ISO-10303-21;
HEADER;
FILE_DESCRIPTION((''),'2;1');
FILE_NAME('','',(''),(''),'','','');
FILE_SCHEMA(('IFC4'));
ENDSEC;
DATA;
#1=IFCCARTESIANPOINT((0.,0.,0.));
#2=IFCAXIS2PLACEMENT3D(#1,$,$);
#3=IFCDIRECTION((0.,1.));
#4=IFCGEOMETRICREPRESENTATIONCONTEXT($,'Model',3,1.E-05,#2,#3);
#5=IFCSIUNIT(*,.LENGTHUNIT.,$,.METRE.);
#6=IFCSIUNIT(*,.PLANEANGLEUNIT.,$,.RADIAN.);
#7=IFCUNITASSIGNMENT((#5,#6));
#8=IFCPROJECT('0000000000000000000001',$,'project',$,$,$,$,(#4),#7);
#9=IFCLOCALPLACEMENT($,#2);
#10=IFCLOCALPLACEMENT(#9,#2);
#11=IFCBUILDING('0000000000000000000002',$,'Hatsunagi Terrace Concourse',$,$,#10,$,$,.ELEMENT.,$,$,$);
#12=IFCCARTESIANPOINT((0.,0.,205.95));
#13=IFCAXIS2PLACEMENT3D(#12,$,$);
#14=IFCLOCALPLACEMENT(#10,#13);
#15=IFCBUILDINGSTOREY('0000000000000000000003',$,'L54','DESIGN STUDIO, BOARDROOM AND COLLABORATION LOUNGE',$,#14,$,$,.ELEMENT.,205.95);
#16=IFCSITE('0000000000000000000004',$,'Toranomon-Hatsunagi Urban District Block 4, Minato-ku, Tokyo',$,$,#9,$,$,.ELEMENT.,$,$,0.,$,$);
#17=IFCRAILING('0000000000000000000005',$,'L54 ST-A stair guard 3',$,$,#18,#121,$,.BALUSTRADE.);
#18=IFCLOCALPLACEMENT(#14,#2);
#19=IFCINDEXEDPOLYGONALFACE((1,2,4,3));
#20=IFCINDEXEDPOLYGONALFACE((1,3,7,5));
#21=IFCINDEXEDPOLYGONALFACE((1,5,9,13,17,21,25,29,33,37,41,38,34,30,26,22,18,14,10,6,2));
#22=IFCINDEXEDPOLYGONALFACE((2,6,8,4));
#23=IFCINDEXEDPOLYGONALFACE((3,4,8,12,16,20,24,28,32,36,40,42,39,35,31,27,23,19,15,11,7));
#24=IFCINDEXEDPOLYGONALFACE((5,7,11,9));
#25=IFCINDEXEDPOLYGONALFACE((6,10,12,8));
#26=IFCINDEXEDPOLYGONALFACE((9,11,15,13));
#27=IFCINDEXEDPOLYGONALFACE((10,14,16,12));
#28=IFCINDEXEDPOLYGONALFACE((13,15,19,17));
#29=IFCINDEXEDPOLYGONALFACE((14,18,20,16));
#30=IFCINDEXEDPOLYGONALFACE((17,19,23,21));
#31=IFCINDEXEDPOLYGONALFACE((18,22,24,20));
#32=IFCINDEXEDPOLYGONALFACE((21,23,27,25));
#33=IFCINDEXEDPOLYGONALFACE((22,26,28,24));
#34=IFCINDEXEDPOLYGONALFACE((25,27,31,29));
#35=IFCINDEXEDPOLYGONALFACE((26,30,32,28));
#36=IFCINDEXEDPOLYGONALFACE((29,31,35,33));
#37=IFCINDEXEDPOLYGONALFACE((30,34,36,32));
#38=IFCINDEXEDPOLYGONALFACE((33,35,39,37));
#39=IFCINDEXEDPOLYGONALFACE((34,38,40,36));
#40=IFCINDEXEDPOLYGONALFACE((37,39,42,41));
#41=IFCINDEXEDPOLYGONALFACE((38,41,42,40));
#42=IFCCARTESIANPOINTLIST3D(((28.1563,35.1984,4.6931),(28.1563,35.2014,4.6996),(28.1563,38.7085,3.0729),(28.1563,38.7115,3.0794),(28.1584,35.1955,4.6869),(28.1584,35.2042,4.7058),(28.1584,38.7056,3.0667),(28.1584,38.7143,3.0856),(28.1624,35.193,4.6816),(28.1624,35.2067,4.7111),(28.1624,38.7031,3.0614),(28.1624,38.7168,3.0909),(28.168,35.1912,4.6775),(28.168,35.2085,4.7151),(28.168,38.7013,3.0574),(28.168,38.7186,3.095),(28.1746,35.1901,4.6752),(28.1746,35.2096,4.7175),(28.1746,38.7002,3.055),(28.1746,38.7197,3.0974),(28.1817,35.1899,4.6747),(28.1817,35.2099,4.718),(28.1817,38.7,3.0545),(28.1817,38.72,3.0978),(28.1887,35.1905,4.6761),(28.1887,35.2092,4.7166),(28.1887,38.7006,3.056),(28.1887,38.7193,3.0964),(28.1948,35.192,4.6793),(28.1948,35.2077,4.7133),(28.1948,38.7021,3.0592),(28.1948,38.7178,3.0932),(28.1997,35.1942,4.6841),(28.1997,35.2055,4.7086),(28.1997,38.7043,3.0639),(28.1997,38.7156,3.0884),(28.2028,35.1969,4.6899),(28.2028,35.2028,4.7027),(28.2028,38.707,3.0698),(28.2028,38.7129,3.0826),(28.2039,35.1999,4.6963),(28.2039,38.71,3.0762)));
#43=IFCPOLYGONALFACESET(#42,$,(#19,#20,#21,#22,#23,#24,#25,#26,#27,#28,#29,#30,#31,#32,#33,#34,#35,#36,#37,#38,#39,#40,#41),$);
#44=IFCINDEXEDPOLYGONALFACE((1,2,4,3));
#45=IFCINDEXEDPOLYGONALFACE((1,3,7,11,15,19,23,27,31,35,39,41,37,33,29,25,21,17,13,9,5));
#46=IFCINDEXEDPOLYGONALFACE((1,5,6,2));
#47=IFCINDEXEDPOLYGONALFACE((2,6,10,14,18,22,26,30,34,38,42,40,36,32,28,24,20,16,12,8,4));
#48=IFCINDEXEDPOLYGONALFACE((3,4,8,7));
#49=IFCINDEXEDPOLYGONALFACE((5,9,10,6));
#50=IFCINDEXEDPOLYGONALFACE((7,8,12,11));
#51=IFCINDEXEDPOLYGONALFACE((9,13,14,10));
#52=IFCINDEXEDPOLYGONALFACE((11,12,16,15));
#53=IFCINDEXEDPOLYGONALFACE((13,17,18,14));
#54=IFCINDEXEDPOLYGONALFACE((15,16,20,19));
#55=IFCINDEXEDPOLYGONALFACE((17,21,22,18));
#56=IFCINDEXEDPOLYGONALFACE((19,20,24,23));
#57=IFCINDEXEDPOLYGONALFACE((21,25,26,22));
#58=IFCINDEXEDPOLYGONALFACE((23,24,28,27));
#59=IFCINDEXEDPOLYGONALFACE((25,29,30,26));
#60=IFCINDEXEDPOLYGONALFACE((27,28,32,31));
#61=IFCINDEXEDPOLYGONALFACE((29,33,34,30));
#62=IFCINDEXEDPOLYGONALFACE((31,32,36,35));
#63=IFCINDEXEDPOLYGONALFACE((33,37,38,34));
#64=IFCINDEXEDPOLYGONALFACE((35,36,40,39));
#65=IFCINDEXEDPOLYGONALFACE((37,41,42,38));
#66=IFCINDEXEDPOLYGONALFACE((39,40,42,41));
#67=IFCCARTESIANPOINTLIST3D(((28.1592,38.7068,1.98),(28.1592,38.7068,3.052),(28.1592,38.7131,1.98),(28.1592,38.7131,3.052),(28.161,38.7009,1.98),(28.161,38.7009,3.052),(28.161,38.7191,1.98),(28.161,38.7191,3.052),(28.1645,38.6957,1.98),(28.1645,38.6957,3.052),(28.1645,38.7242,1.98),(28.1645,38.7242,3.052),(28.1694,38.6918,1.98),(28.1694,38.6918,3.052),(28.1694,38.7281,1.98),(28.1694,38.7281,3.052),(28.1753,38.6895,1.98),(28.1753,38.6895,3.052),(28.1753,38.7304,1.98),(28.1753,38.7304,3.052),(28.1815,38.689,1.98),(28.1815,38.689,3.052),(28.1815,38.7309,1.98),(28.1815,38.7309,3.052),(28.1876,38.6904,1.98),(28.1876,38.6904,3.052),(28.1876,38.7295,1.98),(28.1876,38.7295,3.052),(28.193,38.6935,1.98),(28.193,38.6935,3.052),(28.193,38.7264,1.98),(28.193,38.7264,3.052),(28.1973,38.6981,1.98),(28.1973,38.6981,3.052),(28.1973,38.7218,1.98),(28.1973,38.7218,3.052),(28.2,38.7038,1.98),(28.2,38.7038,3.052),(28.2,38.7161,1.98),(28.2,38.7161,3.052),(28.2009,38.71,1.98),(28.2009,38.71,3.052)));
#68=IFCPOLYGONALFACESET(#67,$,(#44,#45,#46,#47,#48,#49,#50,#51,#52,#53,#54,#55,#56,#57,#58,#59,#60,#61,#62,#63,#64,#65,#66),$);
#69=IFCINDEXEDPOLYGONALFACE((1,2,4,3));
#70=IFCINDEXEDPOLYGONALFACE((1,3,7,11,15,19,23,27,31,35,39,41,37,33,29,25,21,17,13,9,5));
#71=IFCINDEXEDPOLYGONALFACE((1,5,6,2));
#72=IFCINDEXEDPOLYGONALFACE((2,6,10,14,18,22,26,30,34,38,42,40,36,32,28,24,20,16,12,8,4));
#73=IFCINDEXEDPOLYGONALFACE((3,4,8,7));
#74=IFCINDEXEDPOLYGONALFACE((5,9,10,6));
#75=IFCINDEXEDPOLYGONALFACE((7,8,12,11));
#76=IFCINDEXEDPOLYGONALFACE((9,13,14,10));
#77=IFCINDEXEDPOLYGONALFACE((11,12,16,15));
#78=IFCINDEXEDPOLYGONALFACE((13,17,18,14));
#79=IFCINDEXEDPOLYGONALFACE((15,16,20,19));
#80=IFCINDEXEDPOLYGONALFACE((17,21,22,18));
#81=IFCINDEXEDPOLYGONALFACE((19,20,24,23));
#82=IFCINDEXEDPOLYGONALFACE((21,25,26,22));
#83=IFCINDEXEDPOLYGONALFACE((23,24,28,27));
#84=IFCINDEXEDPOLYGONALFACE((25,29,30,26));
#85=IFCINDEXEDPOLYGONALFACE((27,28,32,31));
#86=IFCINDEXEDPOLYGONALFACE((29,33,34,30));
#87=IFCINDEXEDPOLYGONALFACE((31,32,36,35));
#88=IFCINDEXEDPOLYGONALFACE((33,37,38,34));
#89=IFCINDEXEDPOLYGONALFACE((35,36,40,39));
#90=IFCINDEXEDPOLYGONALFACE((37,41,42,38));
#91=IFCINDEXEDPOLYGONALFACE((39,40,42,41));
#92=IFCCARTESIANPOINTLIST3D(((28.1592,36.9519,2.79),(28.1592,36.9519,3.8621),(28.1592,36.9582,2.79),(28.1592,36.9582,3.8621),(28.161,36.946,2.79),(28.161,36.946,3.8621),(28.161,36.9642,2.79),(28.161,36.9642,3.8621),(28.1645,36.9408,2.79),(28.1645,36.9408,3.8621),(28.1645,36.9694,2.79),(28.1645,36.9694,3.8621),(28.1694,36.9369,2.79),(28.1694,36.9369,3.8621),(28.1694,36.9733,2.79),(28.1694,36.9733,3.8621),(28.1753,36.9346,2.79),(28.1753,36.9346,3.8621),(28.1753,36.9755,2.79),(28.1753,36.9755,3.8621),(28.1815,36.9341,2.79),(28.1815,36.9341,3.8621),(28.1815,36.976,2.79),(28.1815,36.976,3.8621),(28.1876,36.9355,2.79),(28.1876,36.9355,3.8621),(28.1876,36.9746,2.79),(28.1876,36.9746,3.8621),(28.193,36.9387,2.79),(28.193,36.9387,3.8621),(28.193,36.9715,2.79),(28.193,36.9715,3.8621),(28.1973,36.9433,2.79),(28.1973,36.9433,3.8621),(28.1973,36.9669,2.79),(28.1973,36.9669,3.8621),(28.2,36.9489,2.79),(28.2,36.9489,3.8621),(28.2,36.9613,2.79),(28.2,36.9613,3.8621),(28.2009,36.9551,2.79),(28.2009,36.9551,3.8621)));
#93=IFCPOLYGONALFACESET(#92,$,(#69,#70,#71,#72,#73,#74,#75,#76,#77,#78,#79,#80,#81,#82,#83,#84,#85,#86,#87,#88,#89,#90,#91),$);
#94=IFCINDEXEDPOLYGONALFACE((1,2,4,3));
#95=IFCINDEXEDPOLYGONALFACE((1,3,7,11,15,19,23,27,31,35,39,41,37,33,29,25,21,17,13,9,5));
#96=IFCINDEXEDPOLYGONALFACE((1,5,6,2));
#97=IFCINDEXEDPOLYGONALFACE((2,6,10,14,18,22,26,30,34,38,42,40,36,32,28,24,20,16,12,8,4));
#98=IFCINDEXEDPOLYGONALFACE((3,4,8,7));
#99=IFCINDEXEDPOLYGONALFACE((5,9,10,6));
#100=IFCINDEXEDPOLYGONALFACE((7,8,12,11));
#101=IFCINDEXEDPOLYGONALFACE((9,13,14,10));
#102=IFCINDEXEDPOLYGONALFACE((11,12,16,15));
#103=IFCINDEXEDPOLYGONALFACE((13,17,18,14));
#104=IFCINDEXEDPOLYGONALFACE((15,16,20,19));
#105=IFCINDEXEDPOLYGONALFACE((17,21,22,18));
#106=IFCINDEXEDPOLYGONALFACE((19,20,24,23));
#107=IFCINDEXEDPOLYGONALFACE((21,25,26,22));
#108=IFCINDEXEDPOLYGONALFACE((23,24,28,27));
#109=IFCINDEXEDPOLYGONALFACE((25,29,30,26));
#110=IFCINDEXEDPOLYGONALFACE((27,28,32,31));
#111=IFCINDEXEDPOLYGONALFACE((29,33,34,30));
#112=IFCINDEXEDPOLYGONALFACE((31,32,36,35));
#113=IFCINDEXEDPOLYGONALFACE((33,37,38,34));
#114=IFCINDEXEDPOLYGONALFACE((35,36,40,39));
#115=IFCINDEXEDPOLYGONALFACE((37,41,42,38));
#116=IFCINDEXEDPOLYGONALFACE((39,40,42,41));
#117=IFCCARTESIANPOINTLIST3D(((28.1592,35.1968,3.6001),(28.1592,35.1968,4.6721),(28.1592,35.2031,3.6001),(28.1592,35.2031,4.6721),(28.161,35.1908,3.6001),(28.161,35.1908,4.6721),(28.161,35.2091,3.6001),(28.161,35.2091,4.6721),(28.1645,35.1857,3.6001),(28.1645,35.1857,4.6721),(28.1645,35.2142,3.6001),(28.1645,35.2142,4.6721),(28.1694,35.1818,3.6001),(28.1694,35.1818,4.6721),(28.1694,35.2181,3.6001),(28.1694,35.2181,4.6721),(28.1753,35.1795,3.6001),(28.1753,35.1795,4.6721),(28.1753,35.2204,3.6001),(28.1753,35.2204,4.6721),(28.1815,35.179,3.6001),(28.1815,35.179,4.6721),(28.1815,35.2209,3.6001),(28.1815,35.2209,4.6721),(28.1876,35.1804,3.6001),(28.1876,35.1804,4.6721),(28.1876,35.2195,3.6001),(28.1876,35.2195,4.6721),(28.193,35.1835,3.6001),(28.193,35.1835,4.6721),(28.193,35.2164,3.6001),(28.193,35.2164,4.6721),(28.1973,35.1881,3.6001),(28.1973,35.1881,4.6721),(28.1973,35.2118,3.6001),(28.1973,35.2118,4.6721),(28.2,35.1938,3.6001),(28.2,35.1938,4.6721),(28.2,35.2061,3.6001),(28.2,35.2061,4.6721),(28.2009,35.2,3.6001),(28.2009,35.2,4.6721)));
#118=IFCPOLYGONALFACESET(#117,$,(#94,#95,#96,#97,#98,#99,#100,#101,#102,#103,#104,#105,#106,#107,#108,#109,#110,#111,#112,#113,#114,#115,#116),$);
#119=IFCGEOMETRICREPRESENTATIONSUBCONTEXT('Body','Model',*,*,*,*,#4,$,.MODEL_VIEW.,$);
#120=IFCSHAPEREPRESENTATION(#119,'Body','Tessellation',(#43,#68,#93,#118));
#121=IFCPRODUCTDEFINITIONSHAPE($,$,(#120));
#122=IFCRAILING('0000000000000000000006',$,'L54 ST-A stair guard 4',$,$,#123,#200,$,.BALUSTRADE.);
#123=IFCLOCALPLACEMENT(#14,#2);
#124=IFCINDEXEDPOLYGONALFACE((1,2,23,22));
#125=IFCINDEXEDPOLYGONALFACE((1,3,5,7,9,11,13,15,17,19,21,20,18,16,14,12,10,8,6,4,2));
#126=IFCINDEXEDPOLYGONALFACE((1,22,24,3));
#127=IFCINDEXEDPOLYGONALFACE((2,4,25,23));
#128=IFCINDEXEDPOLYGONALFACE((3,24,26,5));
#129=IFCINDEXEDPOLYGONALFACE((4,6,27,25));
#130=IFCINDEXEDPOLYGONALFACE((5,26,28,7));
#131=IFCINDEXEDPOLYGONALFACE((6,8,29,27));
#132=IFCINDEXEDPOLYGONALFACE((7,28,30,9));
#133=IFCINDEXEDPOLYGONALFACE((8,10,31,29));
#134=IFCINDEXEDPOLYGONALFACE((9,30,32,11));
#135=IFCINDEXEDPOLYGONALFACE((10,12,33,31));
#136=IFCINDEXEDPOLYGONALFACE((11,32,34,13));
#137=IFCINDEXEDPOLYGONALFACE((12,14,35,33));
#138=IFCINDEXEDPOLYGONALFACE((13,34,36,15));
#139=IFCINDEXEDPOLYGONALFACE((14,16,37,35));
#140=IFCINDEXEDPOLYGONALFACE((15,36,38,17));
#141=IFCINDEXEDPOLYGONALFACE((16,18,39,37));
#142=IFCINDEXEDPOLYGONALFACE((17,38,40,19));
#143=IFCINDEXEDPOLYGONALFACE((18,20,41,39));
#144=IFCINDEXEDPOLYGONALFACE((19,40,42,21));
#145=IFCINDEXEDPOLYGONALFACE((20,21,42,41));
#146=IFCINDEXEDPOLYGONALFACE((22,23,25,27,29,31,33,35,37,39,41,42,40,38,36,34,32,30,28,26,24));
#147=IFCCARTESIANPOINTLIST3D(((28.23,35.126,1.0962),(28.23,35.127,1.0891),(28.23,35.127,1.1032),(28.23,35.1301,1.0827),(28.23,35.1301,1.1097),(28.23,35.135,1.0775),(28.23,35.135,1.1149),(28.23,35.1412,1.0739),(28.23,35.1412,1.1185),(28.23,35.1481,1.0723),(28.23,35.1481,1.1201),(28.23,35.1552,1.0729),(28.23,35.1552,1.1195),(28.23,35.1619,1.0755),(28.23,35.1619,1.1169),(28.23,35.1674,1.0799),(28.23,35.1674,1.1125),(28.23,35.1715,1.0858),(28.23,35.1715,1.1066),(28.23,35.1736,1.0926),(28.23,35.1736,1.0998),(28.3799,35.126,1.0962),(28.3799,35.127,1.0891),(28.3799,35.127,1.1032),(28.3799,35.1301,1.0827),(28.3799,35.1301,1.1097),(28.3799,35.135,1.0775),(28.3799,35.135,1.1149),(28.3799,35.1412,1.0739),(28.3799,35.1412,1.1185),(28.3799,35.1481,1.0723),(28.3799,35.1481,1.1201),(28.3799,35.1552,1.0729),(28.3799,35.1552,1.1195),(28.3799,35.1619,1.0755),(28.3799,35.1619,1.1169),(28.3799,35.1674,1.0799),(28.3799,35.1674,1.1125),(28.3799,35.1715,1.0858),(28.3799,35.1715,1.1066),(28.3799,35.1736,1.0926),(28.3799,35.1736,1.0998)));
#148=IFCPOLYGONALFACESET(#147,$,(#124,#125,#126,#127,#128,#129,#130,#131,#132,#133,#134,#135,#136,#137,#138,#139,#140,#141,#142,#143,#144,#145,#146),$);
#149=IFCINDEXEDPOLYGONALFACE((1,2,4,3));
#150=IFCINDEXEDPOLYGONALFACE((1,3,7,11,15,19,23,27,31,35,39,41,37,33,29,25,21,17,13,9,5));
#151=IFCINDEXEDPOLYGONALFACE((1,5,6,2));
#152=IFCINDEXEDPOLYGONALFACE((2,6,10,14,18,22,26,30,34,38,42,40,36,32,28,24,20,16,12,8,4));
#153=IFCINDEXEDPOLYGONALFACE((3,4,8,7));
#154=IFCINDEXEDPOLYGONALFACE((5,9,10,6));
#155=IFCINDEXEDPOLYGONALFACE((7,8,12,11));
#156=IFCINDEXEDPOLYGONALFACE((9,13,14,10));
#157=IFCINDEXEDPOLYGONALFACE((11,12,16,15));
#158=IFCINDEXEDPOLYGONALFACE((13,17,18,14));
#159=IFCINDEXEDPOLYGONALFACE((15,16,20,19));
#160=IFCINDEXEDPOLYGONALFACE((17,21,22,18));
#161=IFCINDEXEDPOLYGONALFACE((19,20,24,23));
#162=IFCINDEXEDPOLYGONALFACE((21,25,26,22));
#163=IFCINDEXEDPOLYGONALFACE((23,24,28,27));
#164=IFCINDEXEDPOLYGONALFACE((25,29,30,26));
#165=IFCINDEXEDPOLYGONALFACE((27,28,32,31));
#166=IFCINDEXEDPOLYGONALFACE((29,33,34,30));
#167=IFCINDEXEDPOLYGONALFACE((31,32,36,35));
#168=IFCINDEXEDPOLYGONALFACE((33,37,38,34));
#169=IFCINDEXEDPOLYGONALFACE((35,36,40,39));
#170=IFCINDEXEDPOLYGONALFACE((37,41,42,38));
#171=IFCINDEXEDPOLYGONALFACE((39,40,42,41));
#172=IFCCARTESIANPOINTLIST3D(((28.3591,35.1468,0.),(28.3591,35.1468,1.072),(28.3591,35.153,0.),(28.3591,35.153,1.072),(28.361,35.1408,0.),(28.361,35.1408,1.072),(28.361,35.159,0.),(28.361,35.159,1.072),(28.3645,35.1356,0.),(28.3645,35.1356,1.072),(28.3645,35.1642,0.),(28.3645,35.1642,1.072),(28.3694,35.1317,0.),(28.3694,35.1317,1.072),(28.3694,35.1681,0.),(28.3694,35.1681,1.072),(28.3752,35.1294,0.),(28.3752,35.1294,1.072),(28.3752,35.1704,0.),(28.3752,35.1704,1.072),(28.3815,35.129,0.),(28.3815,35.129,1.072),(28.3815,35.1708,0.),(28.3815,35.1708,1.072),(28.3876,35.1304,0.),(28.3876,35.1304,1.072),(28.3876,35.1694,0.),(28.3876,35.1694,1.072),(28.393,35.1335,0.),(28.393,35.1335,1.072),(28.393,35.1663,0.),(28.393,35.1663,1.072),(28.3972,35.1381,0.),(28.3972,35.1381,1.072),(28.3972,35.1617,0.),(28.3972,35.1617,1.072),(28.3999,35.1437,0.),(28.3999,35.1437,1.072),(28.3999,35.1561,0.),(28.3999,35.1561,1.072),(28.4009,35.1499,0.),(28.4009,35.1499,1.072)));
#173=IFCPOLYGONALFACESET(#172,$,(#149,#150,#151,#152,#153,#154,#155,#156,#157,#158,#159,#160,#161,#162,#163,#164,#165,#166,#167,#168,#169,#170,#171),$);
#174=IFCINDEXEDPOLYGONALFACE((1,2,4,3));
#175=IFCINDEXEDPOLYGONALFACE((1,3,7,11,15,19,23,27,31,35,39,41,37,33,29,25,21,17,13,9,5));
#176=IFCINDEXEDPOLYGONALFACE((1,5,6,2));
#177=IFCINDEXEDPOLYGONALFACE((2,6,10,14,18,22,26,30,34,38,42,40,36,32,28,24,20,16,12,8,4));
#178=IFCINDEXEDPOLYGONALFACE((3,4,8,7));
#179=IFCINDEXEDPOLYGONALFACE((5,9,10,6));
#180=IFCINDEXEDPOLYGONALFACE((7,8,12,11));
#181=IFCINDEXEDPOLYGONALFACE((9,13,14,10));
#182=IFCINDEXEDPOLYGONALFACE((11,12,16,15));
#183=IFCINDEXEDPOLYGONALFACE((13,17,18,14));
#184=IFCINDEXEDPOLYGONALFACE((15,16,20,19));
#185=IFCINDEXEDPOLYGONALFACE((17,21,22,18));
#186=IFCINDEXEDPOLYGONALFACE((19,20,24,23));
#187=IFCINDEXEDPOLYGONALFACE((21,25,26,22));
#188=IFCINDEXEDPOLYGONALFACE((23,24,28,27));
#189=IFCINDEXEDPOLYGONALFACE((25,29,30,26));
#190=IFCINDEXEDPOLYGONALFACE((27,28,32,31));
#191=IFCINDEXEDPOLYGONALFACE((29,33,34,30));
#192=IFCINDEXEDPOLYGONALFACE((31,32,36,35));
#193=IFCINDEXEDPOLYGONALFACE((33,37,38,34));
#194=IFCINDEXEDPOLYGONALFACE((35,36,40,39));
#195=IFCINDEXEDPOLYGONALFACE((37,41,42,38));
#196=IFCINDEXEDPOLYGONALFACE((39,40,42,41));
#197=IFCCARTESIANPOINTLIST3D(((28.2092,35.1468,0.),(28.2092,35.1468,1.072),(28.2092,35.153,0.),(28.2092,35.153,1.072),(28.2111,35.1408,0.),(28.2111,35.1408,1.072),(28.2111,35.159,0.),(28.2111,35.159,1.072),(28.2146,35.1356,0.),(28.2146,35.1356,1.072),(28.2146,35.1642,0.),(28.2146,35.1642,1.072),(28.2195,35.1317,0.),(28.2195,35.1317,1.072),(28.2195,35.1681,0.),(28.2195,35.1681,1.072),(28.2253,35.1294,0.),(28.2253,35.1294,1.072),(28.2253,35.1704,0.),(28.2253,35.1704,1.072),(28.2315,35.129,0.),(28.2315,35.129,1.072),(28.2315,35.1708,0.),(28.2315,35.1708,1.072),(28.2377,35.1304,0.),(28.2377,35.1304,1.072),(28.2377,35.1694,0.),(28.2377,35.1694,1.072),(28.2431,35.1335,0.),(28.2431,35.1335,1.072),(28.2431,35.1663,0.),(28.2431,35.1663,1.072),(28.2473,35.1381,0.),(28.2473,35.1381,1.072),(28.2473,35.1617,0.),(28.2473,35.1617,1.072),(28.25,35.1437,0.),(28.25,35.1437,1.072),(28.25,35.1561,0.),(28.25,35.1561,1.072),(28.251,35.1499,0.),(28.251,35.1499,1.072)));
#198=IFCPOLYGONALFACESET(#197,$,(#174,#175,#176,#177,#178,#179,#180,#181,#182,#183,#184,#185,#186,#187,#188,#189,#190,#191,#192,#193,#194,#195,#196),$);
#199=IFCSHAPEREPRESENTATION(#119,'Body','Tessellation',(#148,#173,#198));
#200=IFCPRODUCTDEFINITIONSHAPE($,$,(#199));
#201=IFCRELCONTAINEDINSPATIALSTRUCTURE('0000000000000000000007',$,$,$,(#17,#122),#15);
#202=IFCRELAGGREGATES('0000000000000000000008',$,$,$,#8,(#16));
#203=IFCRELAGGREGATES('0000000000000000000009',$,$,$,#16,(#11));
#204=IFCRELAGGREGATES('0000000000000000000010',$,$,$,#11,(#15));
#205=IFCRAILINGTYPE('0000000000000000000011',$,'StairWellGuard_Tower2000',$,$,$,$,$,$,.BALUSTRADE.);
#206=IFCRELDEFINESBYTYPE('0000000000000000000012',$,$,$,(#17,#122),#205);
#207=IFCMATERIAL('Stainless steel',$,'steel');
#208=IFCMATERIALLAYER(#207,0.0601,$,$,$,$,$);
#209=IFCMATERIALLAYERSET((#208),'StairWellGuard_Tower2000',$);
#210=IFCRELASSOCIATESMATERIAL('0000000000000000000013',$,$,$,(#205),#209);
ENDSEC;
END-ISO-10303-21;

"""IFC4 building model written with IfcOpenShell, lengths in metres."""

from ifc_helpers import new_model, si_unit, direction, frame, origin, origin_2d, place, context, subcontext, project, spatial, circle, extrude, material, layer, layer_set, type_object, element, save


model = new_model("IFC4")

# Units and contexts
model_context = context("Model", 3, precision=1e-05, world=origin(), true_north=direction((0.0, 1.0)))
body_context = subcontext(model_context, "Body", "Model", "MODEL_VIEW")
ifc_project = project(units=[si_unit("LENGTHUNIT", "METRE"), si_unit("PLANEANGLEUNIT", "RADIAN")], contexts=[model_context])

# Site, building, storey
site_placement = place(None, origin())
site = spatial("IfcSite", under=ifc_project, at=site_placement, Name="Toranomon-Hatsunagi Urban District Block 4, Minato-ku, Tokyo", CompositionType="ELEMENT", RefElevation=0.0)
building_placement = place(site_placement, origin())
building = spatial("IfcBuilding", under=site, at=building_placement, Name="Hatsunagi Terrace Concourse", CompositionType="ELEMENT")
storey_placement = place(building_placement, frame((0.0, 0.0, 205.95)))
storey = spatial("IfcBuildingStorey", under=building, at=storey_placement, Name="L54", Description="DESIGN STUDIO, BOARDROOM AND COLLABORATION LOUNGE", CompositionType="ELEMENT", Elevation=205.95)

# Railings
ifc_material_1 = material(Name="Stainless steel", Category="steel")
ifc_layer_1 = layer(ifc_material_1, 0.0601)
ifc_layer_set_1 = layer_set([ifc_layer_1], Name="StairWellGuard_Tower2000")
railing_type_1 = type_object("IfcRailingType", Name="StairWellGuard_Tower2000", PredefinedType="BALUSTRADE", material=ifc_layer_set_1)
railing_1_placement = place(storey_placement, frame((28.1799, 38.71, 1.98)))
element("IfcRailing", 1, at=railing_1_placement, inside=storey, type_object=railing_type_1, Name="L54 ST-A stair guard 3", PredefinedType="BALUSTRADE", context=body_context, shape_type="SweptSolid", body=[
    extrude(circle(Radius=0.0239, at=origin_2d()), frame((0.0, 0.0, 1.0962), z_axis=(0.0, -0.907948, 0.419082), x_axis=(1.0, 0.0, 0.0)), (0.0, 0.0, 1.0), 3.866),
    extrude(circle(Radius=0.021, at=origin_2d()), origin(), (0.0, 0.0, 1.0), 1.072),
    extrude(circle(Radius=0.021, at=origin_2d()), frame((0.0, -1.7549, 0.8101)), (0.0, 0.0, 1.0), 1.072),
    extrude(circle(Radius=0.021, at=origin_2d()), frame((0.0, -3.51, 1.6201)), (0.0, 0.0, 1.0), 1.072),
])
railing_2_placement = place(storey_placement, frame((28.3799, 35.1499, 0.0)))
element("IfcRailing", 2, at=railing_2_placement, inside=storey, type_object=railing_type_1, Name="L54 ST-A stair guard 4", PredefinedType="BALUSTRADE", context=body_context, shape_type="SweptSolid", body=[
    extrude(circle(Radius=0.0239, at=origin_2d()), frame((0.0, 0.0, 1.0962), z_axis=(-1.0, 0.0, 0.0), x_axis=(0.0, -1.0, 0.0)), (0.0, 0.0, 1.0), 0.1499),
    extrude(circle(Radius=0.021, at=origin_2d()), origin(), (0.0, 0.0, 1.0), 1.072),
    extrude(circle(Radius=0.021, at=origin_2d()), frame((-0.1499, 0.0, 0.0)), (0.0, 0.0, 1.0), 1.072),
])

save(model, "model.ifc")
